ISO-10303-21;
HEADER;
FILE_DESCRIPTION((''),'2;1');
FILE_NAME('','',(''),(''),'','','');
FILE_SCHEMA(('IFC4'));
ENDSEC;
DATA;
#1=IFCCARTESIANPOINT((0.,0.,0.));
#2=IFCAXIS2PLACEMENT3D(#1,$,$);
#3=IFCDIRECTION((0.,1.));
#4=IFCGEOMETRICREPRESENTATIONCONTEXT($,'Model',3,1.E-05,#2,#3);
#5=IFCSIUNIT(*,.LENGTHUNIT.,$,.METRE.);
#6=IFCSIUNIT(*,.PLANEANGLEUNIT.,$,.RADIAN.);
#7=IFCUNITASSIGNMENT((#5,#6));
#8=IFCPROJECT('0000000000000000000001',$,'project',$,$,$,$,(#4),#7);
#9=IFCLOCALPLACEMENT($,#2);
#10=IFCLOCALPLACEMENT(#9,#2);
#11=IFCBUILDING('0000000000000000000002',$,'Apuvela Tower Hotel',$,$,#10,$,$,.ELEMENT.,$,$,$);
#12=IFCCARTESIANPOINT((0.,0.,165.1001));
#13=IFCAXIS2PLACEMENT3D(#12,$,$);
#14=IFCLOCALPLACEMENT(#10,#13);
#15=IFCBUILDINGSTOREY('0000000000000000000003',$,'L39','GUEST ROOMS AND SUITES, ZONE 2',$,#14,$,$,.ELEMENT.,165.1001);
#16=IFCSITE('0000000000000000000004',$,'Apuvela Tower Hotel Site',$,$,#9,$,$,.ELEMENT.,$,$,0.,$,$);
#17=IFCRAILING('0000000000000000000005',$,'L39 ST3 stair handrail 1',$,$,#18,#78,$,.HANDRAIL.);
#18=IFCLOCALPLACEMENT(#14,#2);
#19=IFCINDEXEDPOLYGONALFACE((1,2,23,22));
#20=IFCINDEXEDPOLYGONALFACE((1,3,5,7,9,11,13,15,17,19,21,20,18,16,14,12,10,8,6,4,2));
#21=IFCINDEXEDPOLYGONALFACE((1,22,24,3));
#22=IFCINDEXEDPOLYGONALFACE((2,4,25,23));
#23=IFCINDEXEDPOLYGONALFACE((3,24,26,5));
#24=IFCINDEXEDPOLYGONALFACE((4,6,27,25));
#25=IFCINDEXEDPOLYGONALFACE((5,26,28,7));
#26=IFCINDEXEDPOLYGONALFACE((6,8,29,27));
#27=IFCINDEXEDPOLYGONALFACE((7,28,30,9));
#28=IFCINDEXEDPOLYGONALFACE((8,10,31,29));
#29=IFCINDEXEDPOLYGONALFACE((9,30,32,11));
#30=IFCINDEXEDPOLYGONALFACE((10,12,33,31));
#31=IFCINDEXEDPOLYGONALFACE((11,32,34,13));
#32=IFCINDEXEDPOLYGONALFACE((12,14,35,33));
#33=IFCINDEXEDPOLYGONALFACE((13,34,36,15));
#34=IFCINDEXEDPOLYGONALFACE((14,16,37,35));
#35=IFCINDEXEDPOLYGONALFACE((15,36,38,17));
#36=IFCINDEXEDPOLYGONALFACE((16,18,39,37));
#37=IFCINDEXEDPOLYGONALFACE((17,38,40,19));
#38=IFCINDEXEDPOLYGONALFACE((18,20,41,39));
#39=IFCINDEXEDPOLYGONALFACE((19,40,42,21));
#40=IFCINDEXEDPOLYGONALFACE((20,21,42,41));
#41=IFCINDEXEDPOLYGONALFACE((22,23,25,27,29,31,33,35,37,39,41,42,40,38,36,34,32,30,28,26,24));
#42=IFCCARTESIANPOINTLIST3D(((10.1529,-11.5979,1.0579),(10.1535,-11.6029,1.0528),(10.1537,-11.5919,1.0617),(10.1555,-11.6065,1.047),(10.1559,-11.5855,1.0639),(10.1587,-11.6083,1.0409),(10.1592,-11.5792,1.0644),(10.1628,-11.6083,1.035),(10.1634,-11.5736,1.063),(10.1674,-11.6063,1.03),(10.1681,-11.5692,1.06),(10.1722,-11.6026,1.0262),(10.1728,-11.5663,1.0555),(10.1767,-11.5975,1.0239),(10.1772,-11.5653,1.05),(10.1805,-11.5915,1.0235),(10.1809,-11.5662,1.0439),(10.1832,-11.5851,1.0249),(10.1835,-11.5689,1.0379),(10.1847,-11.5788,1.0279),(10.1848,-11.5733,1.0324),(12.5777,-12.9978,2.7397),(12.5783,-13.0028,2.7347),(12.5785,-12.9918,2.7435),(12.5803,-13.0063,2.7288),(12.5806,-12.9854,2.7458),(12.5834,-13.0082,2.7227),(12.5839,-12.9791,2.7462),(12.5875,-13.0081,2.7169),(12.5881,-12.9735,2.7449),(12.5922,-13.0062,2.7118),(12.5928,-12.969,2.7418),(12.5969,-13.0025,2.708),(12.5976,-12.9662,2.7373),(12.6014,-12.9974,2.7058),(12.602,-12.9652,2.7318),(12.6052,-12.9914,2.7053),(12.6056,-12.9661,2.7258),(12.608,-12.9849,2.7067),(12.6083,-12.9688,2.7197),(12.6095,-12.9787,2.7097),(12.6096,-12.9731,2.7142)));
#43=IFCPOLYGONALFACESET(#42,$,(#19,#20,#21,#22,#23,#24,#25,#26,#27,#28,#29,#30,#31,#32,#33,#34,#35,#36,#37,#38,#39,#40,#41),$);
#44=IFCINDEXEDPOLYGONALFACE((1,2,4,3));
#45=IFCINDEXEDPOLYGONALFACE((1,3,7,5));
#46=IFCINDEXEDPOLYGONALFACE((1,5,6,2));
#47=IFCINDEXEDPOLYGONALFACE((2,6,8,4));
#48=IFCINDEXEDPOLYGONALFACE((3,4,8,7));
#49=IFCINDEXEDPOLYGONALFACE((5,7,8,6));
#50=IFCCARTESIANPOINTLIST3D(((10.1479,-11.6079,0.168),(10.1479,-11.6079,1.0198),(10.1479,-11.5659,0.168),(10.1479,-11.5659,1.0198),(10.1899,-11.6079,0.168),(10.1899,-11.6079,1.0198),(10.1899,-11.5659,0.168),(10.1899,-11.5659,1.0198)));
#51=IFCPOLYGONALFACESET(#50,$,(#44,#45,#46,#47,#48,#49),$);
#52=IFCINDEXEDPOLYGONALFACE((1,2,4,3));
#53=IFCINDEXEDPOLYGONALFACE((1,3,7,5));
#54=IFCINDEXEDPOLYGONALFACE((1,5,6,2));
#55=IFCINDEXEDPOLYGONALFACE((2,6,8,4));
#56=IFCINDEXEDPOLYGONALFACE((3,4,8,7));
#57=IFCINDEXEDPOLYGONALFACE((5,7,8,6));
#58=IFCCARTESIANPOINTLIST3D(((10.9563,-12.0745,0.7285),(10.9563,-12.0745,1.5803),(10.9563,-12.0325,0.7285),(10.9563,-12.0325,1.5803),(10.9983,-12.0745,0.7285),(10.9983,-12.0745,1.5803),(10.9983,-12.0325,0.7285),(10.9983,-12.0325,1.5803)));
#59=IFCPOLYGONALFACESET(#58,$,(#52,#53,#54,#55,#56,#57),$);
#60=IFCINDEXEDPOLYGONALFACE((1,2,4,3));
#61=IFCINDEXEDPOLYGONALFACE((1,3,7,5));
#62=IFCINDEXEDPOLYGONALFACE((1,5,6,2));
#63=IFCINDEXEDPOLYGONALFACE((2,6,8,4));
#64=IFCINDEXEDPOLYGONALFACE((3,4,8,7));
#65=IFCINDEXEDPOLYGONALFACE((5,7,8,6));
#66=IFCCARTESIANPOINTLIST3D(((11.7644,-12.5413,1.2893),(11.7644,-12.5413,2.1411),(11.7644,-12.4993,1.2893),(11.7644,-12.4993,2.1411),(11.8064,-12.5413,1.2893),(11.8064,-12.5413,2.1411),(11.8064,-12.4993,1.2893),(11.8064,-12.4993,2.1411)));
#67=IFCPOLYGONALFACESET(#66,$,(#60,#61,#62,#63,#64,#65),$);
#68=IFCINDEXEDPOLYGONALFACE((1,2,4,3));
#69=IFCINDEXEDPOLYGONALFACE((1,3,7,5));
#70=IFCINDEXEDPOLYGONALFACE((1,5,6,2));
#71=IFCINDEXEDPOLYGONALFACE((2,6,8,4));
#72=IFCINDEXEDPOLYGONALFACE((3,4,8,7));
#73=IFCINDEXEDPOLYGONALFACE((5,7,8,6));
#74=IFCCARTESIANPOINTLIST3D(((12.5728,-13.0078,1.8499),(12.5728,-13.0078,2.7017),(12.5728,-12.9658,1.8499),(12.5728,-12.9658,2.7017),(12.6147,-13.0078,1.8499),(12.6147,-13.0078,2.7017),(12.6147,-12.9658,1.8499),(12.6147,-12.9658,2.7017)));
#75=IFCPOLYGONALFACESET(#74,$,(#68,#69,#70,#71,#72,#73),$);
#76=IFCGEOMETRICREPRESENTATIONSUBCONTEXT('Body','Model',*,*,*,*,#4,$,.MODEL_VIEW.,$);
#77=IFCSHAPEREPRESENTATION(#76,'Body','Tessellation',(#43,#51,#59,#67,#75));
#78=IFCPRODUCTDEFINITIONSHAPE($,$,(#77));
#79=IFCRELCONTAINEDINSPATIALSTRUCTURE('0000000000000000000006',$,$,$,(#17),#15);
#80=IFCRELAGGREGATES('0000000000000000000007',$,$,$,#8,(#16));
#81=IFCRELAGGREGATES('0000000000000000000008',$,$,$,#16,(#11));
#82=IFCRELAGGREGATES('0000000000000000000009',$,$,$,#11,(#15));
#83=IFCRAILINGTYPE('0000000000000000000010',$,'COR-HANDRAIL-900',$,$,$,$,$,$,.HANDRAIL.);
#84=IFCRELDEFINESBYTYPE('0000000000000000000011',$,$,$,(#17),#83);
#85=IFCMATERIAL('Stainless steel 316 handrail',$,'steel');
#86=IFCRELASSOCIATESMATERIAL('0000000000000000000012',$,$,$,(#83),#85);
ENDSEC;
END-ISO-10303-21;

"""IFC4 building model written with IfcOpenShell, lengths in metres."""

from ifc_helpers import new_model, si_unit, direction, frame, origin, origin_2d, place, context, subcontext, project, spatial, rectangle, circle, extrude, material, type_object, element, save


model = new_model("IFC4")

# Units and contexts
model_context = context("Model", 3, precision=1e-05, world=origin(), true_north=direction((0.0, 1.0)))
body_context = subcontext(model_context, "Body", "Model", "MODEL_VIEW")
ifc_project = project(units=[si_unit("LENGTHUNIT", "METRE"), si_unit("PLANEANGLEUNIT", "RADIAN")], contexts=[model_context])

# Site, building, storey
site_placement = place(None, origin())
site = spatial("IfcSite", under=ifc_project, at=site_placement, Name="Apuvela Tower Hotel Site", CompositionType="ELEMENT", RefElevation=0.0)
building_placement = place(site_placement, origin())
building = spatial("IfcBuilding", under=site, at=building_placement, Name="Apuvela Tower Hotel", CompositionType="ELEMENT")
storey_placement = place(building_placement, frame((0.0, 0.0, 165.1001)))
storey = spatial("IfcBuildingStorey", under=building, at=storey_placement, Name="L39", Description="GUEST ROOMS AND SUITES, ZONE 2", CompositionType="ELEMENT", Elevation=165.1001)

# Railing
ifc_material_1 = material(Name="Stainless steel 316 handrail", Category="steel")
railing_type_1 = type_object("IfcRailingType", Name="COR-HANDRAIL-900", PredefinedType="HANDRAIL", material=ifc_material_1)
railing_1_placement = place(storey_placement, frame((10.1689, -11.5869, 0.168)))
element("IfcRailing", 1, at=railing_1_placement, inside=storey, type_object=railing_type_1, Name="L39 ST3 stair handrail 1", PredefinedType="HANDRAIL", context=body_context, shape_type="SweptSolid", body=[
    extrude(circle(Radius=0.0239, at=origin_2d()), frame((0.0, 0.0, 0.876), z_axis=(0.74239, -0.428601, 0.514934), x_axis=(0.499984, 0.866035, 0.0)), (0.0, 0.0, 1.0), 3.2661),
    extrude(rectangle(XDim=0.042, YDim=0.042, at=origin_2d()), origin(), (0.0, 0.0, 1.0), 0.8518),
    extrude(rectangle(XDim=0.042, YDim=0.042, at=origin_2d()), frame((0.8083, -0.4666, 0.5605)), (0.0, 0.0, 1.0), 0.8518),
    extrude(rectangle(XDim=0.042, YDim=0.042, at=origin_2d()), frame((1.6165, -0.9333, 1.1213)), (0.0, 0.0, 1.0), 0.8518),
    extrude(rectangle(XDim=0.042, YDim=0.042, at=origin_2d()), frame((2.4248, -1.3999, 1.6819)), (0.0, 0.0, 1.0), 0.8518),
])

save(model, "model.ifc")
